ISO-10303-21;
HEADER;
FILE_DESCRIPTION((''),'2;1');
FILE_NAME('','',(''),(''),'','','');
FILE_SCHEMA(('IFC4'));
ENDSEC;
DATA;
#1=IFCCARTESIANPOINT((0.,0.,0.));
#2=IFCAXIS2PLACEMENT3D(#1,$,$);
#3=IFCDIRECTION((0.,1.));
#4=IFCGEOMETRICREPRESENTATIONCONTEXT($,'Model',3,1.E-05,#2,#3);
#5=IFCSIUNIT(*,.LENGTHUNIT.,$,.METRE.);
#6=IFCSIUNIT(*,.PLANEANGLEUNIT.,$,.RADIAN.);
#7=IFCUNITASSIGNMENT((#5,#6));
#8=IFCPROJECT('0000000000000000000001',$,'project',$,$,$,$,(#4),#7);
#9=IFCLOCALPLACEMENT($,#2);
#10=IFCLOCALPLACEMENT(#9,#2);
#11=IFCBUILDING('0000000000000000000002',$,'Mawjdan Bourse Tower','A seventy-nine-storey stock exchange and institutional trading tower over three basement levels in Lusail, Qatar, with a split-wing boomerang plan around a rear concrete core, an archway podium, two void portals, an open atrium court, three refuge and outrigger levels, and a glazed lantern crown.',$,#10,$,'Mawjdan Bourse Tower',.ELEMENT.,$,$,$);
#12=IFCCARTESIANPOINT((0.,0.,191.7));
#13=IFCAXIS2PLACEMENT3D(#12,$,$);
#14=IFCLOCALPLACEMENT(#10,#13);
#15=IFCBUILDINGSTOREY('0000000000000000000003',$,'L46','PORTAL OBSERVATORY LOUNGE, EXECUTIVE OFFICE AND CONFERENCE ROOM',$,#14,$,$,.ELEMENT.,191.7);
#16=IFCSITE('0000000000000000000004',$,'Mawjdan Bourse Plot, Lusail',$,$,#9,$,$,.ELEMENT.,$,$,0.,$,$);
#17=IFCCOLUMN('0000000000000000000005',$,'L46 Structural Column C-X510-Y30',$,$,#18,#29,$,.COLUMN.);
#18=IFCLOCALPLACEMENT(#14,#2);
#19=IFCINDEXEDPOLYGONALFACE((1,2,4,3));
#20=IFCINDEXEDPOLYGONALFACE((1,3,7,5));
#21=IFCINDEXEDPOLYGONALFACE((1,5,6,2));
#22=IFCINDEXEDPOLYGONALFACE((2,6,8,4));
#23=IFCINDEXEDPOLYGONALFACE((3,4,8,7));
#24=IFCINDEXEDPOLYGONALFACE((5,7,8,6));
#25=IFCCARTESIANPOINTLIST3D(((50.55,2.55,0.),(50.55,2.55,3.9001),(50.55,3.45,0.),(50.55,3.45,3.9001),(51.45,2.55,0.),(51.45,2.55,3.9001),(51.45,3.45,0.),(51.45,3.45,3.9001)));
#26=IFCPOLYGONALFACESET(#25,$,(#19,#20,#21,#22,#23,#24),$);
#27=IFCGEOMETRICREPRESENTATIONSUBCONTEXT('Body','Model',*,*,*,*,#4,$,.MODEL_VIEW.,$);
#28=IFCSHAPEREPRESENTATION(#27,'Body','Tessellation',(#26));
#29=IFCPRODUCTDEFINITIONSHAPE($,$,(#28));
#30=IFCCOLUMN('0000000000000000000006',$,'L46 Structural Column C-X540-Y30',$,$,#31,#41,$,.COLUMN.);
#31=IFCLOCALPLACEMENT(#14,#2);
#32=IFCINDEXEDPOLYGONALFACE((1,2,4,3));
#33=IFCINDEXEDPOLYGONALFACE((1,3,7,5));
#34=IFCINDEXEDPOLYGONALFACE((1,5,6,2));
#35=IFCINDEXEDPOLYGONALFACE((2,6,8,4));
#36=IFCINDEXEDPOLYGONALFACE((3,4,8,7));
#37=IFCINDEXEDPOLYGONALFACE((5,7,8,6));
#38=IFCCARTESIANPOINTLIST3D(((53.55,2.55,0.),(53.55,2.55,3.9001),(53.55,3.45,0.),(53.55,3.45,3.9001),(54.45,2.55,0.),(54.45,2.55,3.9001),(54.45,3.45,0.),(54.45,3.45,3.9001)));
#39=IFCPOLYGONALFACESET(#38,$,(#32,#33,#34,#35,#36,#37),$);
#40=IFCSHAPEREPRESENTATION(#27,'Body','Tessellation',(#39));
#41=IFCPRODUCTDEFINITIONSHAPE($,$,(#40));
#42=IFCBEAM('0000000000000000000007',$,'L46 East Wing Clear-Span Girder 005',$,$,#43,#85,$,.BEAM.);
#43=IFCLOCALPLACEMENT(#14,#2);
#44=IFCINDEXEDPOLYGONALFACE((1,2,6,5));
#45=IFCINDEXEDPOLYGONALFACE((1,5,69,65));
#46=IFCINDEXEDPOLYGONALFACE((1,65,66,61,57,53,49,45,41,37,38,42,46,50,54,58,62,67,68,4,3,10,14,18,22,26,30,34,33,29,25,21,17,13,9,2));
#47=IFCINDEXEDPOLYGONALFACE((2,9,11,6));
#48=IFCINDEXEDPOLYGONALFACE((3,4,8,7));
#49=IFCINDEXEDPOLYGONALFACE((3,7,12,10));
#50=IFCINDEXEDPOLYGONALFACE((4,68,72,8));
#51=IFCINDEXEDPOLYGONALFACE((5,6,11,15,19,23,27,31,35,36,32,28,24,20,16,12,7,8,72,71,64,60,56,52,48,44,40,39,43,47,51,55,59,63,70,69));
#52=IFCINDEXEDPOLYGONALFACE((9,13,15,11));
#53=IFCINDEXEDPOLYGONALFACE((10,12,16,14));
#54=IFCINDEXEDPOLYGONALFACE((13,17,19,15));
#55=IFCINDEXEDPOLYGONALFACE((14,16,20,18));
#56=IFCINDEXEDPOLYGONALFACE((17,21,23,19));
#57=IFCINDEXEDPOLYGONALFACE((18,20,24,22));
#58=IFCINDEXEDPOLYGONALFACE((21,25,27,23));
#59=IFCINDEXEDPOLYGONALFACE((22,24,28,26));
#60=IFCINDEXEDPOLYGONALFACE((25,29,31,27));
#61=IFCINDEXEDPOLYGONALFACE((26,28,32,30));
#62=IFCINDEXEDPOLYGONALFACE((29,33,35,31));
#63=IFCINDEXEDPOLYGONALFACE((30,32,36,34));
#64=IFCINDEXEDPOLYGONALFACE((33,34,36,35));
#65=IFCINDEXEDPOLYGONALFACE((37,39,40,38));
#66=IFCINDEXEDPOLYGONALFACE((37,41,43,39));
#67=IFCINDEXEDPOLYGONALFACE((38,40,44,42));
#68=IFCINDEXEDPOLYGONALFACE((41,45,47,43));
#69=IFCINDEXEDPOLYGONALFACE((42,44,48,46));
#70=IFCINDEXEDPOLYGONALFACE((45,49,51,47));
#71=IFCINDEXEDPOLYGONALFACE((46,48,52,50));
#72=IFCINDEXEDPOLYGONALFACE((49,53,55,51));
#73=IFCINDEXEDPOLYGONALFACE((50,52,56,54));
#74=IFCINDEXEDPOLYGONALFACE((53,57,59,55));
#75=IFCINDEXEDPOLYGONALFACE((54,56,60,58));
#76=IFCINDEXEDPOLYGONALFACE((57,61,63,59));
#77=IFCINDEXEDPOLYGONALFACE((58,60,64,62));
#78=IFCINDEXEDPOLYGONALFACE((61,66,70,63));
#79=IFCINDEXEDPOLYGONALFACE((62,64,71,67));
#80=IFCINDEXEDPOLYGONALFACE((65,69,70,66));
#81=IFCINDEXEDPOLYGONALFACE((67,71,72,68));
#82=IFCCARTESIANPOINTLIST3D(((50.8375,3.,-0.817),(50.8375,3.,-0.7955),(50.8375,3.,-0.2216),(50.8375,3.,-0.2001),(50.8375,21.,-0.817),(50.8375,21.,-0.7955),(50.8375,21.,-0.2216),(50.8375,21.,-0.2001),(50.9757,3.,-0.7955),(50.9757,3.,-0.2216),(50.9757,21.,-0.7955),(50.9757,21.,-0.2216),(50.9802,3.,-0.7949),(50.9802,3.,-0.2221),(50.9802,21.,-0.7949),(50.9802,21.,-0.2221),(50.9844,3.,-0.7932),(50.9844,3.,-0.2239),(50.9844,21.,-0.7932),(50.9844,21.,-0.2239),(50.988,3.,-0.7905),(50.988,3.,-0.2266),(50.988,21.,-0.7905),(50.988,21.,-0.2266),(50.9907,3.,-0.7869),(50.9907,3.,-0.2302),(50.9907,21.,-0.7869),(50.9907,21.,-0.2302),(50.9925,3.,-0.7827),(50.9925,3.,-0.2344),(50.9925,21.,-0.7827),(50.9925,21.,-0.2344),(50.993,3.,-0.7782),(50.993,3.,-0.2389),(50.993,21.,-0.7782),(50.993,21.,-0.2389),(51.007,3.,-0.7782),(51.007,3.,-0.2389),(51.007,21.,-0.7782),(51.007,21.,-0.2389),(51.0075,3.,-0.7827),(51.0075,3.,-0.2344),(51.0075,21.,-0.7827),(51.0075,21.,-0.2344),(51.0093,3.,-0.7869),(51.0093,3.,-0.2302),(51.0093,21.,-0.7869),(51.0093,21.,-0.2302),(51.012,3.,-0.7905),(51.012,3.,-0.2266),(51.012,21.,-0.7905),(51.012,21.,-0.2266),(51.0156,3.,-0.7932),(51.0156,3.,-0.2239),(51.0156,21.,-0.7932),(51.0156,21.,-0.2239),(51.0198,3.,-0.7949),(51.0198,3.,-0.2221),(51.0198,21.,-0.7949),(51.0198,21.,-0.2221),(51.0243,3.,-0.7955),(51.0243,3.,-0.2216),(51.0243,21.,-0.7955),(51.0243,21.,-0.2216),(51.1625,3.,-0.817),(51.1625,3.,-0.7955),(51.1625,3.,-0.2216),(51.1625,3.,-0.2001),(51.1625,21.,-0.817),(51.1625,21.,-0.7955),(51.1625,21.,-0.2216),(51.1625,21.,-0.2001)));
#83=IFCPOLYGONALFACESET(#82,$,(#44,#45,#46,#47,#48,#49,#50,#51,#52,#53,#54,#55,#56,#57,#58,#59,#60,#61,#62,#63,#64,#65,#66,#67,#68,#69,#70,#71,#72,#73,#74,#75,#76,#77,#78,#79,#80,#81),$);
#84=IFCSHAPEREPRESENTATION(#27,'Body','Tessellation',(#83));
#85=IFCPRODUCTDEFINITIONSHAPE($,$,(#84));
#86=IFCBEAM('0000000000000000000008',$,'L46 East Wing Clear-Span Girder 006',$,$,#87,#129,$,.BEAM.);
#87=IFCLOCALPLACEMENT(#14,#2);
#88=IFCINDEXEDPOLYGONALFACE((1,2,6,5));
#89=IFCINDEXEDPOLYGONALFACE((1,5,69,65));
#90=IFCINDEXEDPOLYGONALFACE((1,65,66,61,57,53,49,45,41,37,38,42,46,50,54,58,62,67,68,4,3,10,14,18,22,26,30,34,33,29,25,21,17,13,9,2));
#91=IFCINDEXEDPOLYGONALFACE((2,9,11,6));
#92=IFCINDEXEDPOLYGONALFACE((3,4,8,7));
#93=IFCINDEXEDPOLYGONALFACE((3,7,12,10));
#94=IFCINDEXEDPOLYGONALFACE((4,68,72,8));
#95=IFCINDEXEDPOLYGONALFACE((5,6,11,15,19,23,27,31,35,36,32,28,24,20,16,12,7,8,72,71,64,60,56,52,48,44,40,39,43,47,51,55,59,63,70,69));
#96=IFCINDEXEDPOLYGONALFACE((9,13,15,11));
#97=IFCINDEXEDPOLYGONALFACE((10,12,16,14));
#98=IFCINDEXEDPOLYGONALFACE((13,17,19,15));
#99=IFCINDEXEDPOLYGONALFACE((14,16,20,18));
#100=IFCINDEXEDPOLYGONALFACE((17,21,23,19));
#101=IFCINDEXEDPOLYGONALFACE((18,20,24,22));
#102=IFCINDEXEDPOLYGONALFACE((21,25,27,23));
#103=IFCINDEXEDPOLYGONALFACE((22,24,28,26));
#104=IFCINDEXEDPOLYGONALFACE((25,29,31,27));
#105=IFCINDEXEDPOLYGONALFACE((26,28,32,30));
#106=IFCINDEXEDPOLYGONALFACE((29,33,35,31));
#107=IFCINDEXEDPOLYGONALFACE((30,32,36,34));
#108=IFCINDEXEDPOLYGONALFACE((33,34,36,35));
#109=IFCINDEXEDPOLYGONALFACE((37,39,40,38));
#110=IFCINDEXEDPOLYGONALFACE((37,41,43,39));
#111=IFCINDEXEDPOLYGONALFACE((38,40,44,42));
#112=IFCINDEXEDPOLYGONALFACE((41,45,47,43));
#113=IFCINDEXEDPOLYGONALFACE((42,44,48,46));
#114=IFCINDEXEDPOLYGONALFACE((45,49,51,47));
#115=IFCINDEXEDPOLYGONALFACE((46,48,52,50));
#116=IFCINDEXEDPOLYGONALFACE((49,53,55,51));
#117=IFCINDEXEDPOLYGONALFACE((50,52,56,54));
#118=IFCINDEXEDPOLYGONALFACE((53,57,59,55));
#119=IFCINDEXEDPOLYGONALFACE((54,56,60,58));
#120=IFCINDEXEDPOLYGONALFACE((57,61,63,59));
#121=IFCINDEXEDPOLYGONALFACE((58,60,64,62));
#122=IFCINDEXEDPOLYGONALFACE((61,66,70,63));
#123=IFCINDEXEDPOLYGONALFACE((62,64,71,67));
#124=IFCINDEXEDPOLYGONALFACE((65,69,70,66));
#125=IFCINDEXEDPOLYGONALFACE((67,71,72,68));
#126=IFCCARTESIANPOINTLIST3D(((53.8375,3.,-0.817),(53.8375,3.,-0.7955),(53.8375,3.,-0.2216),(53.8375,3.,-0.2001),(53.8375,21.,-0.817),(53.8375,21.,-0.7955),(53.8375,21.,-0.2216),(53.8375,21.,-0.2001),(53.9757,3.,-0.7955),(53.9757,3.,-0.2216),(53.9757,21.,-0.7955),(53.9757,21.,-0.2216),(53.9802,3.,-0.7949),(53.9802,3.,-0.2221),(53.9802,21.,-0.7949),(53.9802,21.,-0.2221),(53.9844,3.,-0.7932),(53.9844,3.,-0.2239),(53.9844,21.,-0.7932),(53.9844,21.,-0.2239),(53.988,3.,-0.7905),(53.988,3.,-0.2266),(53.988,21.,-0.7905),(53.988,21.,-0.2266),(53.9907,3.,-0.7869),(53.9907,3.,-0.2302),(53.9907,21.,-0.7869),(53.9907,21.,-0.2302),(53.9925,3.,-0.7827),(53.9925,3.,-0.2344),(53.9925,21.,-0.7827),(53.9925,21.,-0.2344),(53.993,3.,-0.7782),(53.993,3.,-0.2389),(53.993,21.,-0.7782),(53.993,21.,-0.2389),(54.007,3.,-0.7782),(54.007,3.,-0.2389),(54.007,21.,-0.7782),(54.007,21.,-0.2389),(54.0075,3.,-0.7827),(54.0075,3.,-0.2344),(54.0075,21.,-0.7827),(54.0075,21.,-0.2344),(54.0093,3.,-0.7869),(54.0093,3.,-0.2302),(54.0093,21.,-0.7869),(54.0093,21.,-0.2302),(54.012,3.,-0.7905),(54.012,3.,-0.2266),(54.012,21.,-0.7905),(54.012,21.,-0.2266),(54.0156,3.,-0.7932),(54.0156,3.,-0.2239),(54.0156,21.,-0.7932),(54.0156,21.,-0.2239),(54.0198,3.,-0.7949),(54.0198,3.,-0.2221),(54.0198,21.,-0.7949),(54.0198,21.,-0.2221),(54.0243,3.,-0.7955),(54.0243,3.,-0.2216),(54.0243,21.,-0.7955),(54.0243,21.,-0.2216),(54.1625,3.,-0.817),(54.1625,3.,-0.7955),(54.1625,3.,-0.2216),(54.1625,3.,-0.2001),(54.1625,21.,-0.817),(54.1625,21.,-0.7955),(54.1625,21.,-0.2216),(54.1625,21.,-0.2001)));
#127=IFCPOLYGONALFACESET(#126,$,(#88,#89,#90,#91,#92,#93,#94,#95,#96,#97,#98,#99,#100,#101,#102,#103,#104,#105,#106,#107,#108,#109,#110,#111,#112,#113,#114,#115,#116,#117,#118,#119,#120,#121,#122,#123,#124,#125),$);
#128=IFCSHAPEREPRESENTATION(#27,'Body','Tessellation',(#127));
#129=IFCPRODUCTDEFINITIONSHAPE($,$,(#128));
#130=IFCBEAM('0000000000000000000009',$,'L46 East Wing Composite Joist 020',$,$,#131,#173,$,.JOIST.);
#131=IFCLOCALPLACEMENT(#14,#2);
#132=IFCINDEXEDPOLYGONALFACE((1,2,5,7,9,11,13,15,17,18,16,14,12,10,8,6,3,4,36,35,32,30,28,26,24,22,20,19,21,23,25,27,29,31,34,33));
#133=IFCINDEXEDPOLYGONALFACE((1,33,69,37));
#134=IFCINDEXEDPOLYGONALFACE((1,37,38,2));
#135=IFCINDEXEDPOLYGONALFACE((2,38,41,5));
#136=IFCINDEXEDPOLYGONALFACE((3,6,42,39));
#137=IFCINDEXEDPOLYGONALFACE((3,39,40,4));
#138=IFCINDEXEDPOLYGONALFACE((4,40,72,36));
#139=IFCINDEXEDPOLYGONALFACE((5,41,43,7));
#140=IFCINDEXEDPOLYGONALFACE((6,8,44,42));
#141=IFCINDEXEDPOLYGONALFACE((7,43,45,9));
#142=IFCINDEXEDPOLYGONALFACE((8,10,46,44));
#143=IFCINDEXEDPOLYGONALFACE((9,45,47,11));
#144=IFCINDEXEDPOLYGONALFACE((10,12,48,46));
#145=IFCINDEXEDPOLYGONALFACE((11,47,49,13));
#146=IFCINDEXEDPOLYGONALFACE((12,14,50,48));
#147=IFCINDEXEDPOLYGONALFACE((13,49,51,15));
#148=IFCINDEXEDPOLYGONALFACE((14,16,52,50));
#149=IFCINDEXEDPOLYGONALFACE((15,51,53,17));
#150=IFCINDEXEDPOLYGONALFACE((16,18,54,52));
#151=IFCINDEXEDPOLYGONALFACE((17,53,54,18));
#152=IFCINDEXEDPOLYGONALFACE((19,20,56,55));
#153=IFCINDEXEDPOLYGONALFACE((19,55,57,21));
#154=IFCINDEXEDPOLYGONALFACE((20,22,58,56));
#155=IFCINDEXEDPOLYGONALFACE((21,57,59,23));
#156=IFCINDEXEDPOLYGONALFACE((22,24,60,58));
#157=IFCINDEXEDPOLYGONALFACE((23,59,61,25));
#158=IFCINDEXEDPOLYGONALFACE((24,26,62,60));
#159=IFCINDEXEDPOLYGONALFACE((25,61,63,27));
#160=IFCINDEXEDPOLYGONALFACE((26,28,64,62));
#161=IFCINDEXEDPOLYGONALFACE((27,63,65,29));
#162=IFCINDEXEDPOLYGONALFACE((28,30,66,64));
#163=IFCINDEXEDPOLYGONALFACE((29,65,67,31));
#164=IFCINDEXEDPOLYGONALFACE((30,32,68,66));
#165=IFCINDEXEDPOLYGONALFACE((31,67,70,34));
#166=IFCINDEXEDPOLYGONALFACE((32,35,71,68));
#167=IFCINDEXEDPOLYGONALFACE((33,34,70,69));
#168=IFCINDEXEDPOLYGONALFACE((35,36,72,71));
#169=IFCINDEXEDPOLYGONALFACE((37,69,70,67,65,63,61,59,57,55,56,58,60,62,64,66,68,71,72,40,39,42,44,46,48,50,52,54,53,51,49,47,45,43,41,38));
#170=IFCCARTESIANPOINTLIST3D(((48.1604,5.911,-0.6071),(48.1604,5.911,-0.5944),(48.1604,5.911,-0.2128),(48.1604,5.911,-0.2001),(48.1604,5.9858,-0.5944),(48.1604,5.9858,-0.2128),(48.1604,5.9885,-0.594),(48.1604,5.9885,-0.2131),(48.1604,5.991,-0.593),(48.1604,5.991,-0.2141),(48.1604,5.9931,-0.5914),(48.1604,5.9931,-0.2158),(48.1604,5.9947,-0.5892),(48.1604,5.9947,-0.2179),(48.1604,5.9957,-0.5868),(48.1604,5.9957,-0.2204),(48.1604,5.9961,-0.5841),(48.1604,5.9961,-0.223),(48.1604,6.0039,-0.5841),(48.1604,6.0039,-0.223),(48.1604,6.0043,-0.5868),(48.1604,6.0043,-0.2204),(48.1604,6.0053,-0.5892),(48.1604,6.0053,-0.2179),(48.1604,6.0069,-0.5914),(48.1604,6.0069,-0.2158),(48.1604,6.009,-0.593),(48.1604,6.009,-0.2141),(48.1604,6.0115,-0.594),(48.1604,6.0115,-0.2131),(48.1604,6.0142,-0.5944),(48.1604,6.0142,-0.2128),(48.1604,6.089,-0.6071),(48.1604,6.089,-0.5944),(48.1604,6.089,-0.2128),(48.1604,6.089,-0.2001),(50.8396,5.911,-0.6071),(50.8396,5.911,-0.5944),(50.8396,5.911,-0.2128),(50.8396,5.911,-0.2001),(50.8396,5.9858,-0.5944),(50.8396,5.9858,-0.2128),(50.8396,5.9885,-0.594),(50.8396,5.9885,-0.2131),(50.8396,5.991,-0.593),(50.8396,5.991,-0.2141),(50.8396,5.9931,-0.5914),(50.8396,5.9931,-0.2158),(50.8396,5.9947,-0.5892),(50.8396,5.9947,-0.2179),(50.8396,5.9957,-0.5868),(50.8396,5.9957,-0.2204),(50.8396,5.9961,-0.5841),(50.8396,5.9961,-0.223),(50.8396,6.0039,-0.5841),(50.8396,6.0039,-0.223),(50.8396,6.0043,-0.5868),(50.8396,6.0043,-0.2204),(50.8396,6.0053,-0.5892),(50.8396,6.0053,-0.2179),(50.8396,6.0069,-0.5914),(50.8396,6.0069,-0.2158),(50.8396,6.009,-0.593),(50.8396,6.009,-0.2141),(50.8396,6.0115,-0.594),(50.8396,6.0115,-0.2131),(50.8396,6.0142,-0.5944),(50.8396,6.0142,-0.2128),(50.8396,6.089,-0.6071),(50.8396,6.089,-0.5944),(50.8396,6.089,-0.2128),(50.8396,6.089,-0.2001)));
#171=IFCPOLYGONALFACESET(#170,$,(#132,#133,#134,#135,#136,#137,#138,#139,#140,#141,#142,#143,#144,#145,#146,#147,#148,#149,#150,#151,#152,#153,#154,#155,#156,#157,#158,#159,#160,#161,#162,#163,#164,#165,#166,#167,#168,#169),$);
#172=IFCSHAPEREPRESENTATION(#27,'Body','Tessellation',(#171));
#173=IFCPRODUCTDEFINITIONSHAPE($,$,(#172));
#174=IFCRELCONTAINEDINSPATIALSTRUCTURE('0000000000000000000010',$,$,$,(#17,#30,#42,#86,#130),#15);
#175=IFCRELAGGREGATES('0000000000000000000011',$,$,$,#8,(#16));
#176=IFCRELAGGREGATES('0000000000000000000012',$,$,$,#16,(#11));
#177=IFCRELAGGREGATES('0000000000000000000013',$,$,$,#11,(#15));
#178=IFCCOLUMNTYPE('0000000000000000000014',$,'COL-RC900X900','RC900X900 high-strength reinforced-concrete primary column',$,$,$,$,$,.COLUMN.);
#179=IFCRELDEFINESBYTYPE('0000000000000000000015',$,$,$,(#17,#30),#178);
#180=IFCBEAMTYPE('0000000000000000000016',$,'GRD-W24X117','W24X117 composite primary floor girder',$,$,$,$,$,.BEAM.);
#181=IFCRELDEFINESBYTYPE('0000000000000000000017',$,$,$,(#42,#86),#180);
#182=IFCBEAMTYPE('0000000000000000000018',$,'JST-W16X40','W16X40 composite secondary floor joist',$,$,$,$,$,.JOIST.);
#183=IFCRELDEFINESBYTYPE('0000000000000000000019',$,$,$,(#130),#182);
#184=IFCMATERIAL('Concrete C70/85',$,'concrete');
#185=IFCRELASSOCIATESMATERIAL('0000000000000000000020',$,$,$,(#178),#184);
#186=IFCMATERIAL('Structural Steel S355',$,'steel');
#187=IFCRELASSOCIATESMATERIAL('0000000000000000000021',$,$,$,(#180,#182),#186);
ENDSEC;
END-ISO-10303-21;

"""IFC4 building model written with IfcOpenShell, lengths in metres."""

from ifc_helpers import new_model, si_unit, direction, frame, origin, origin_2d, place, context, subcontext, project, spatial, rectangle, i_section, extrude, material, material_profile, profile_set, type_object, element, save


model = new_model("IFC4")

# Units and contexts
model_context = context("Model", 3, precision=1e-05, world=origin(), true_north=direction((0.0, 1.0)))
body_context = subcontext(model_context, "Body", "Model", "MODEL_VIEW")
ifc_project = project(units=[si_unit("LENGTHUNIT", "METRE"), si_unit("PLANEANGLEUNIT", "RADIAN")], contexts=[model_context])

# Site, building, storey
site_placement = place(None, origin())
site = spatial("IfcSite", under=ifc_project, at=site_placement, Name="Mawjdan Bourse Plot, Lusail", CompositionType="ELEMENT", RefElevation=0.0)
building_placement = place(site_placement, origin())
building = spatial("IfcBuilding", under=site, at=building_placement, Name="Mawjdan Bourse Tower", Description="A seventy-nine-storey stock exchange and institutional trading tower over three basement levels in Lusail, Qatar, with a split-wing boomerang plan around a rear concrete core, an archway podium, two void portals, an open atrium court, three refuge and outrigger levels, and a glazed lantern crown.", LongName="Mawjdan Bourse Tower", CompositionType="ELEMENT")
storey_placement = place(building_placement, frame((0.0, 0.0, 191.7)))
storey = spatial("IfcBuildingStorey", under=building, at=storey_placement, Name="L46", Description="PORTAL OBSERVATORY LOUNGE, EXECUTIVE OFFICE AND CONFERENCE ROOM", CompositionType="ELEMENT", Elevation=191.7)

# Columns
ifc_material_1 = material(Name="Concrete C70/85", Category="concrete")
ifc_material_profile_1 = material_profile(ifc_material_1, rectangle(XDim=0.8999, YDim=0.8999, at=origin_2d()), Name="RC900X900")
ifc_profile_set_1 = profile_set([ifc_material_profile_1], Name="Concrete C70/85")
column_type = type_object("IfcColumnType", Name="COL-RC900X900", Description="RC900X900 high-strength reinforced-concrete primary column", PredefinedType="COLUMN", material=ifc_profile_set_1)
for number, where, z_axis, x_axis, name in (
    (1, (51.0, 3.0, 0.0), (0.0, 0.0, 1.0), (1.0, 0.0, 0.0), "L46 Structural Column C-X510-Y30"),
    (2, (54.0, 3.0, 0.0), (0.0, 0.0, 1.0), (1.0, 0.0, 0.0), "L46 Structural Column C-X540-Y30"),
):
    element("IfcColumn", number, at=place(storey_placement, frame(where, z_axis=z_axis, x_axis=x_axis)), inside=storey, type_object=column_type, Name=name, PredefinedType="COLUMN", context=body_context, shape_type="SweptSolid", body=[
        extrude(rectangle(XDim=0.8999, YDim=0.8999, at=origin_2d()), origin(), (0.0, 0.0, 1.0), 3.9001),
    ])

# Beams
ifc_material_2 = material(Name="Structural Steel S355", Category="steel")
ifc_material_profile_2 = material_profile(ifc_material_2, i_section(OverallWidth=0.325, OverallDepth=0.6169, WebThickness=0.0139, FlangeThickness=0.0215, FilletRadius=0.0173, at=origin_2d()), Name="W24X117")
ifc_profile_set_2 = profile_set([ifc_material_profile_2], Name="Structural Steel S355")
beam_type_1 = type_object("IfcBeamType", Name="GRD-W24X117", Description="W24X117 composite primary floor girder", PredefinedType="BEAM", material=ifc_profile_set_2)
for number, where, z_axis, x_axis, name in (
    (3, (51.0, 3.0, -0.5085), (0.0, 1.0, 0.0), (-1.0, 0.0, 0.0), "L46 East Wing Clear-Span Girder 005"),
    (4, (54.0, 3.0, -0.5085), (0.0, 1.0, 0.0), (-1.0, 0.0, 0.0), "L46 East Wing Clear-Span Girder 006"),
):
    element("IfcBeam", number, at=place(storey_placement, frame(where, z_axis=z_axis, x_axis=x_axis)), inside=storey, type_object=beam_type_1, Name=name, PredefinedType="BEAM", context=body_context, shape_type="SweptSolid", body=[
        extrude(i_section(OverallWidth=0.325, OverallDepth=0.6169, WebThickness=0.0139, FlangeThickness=0.0215, FilletRadius=0.0173, at=origin_2d()), origin(), (0.0, 0.0, 1.0), 18.0),
    ])
ifc_material_profile_3 = material_profile(ifc_material_2, i_section(OverallWidth=0.178, OverallDepth=0.407, WebThickness=0.0078, FlangeThickness=0.0127, FilletRadius=0.0103, at=origin_2d()), Name="W16X40")
ifc_profile_set_3 = profile_set([ifc_material_profile_3], Name="Structural Steel S355")
beam_type_2 = type_object("IfcBeamType", Name="JST-W16X40", Description="W16X40 composite secondary floor joist", PredefinedType="JOIST", material=ifc_profile_set_3)
for number, where, z_axis, x_axis, name in (
    (5, (48.1604, 6.0, -0.4036), (1.0, 0.0, 0.0), (0.0, 1.0, 0.0), "L46 East Wing Composite Joist 020"),
):
    element("IfcBeam", number, at=place(storey_placement, frame(where, z_axis=z_axis, x_axis=x_axis)), inside=storey, type_object=beam_type_2, Name=name, PredefinedType="JOIST", context=body_context, shape_type="SweptSolid", body=[
        extrude(i_section(OverallWidth=0.178, OverallDepth=0.407, WebThickness=0.0078, FlangeThickness=0.0127, FilletRadius=0.0103, at=origin_2d()), origin(), (0.0, 0.0, 1.0), 2.6792),
    ])

save(model, "model.ifc")
